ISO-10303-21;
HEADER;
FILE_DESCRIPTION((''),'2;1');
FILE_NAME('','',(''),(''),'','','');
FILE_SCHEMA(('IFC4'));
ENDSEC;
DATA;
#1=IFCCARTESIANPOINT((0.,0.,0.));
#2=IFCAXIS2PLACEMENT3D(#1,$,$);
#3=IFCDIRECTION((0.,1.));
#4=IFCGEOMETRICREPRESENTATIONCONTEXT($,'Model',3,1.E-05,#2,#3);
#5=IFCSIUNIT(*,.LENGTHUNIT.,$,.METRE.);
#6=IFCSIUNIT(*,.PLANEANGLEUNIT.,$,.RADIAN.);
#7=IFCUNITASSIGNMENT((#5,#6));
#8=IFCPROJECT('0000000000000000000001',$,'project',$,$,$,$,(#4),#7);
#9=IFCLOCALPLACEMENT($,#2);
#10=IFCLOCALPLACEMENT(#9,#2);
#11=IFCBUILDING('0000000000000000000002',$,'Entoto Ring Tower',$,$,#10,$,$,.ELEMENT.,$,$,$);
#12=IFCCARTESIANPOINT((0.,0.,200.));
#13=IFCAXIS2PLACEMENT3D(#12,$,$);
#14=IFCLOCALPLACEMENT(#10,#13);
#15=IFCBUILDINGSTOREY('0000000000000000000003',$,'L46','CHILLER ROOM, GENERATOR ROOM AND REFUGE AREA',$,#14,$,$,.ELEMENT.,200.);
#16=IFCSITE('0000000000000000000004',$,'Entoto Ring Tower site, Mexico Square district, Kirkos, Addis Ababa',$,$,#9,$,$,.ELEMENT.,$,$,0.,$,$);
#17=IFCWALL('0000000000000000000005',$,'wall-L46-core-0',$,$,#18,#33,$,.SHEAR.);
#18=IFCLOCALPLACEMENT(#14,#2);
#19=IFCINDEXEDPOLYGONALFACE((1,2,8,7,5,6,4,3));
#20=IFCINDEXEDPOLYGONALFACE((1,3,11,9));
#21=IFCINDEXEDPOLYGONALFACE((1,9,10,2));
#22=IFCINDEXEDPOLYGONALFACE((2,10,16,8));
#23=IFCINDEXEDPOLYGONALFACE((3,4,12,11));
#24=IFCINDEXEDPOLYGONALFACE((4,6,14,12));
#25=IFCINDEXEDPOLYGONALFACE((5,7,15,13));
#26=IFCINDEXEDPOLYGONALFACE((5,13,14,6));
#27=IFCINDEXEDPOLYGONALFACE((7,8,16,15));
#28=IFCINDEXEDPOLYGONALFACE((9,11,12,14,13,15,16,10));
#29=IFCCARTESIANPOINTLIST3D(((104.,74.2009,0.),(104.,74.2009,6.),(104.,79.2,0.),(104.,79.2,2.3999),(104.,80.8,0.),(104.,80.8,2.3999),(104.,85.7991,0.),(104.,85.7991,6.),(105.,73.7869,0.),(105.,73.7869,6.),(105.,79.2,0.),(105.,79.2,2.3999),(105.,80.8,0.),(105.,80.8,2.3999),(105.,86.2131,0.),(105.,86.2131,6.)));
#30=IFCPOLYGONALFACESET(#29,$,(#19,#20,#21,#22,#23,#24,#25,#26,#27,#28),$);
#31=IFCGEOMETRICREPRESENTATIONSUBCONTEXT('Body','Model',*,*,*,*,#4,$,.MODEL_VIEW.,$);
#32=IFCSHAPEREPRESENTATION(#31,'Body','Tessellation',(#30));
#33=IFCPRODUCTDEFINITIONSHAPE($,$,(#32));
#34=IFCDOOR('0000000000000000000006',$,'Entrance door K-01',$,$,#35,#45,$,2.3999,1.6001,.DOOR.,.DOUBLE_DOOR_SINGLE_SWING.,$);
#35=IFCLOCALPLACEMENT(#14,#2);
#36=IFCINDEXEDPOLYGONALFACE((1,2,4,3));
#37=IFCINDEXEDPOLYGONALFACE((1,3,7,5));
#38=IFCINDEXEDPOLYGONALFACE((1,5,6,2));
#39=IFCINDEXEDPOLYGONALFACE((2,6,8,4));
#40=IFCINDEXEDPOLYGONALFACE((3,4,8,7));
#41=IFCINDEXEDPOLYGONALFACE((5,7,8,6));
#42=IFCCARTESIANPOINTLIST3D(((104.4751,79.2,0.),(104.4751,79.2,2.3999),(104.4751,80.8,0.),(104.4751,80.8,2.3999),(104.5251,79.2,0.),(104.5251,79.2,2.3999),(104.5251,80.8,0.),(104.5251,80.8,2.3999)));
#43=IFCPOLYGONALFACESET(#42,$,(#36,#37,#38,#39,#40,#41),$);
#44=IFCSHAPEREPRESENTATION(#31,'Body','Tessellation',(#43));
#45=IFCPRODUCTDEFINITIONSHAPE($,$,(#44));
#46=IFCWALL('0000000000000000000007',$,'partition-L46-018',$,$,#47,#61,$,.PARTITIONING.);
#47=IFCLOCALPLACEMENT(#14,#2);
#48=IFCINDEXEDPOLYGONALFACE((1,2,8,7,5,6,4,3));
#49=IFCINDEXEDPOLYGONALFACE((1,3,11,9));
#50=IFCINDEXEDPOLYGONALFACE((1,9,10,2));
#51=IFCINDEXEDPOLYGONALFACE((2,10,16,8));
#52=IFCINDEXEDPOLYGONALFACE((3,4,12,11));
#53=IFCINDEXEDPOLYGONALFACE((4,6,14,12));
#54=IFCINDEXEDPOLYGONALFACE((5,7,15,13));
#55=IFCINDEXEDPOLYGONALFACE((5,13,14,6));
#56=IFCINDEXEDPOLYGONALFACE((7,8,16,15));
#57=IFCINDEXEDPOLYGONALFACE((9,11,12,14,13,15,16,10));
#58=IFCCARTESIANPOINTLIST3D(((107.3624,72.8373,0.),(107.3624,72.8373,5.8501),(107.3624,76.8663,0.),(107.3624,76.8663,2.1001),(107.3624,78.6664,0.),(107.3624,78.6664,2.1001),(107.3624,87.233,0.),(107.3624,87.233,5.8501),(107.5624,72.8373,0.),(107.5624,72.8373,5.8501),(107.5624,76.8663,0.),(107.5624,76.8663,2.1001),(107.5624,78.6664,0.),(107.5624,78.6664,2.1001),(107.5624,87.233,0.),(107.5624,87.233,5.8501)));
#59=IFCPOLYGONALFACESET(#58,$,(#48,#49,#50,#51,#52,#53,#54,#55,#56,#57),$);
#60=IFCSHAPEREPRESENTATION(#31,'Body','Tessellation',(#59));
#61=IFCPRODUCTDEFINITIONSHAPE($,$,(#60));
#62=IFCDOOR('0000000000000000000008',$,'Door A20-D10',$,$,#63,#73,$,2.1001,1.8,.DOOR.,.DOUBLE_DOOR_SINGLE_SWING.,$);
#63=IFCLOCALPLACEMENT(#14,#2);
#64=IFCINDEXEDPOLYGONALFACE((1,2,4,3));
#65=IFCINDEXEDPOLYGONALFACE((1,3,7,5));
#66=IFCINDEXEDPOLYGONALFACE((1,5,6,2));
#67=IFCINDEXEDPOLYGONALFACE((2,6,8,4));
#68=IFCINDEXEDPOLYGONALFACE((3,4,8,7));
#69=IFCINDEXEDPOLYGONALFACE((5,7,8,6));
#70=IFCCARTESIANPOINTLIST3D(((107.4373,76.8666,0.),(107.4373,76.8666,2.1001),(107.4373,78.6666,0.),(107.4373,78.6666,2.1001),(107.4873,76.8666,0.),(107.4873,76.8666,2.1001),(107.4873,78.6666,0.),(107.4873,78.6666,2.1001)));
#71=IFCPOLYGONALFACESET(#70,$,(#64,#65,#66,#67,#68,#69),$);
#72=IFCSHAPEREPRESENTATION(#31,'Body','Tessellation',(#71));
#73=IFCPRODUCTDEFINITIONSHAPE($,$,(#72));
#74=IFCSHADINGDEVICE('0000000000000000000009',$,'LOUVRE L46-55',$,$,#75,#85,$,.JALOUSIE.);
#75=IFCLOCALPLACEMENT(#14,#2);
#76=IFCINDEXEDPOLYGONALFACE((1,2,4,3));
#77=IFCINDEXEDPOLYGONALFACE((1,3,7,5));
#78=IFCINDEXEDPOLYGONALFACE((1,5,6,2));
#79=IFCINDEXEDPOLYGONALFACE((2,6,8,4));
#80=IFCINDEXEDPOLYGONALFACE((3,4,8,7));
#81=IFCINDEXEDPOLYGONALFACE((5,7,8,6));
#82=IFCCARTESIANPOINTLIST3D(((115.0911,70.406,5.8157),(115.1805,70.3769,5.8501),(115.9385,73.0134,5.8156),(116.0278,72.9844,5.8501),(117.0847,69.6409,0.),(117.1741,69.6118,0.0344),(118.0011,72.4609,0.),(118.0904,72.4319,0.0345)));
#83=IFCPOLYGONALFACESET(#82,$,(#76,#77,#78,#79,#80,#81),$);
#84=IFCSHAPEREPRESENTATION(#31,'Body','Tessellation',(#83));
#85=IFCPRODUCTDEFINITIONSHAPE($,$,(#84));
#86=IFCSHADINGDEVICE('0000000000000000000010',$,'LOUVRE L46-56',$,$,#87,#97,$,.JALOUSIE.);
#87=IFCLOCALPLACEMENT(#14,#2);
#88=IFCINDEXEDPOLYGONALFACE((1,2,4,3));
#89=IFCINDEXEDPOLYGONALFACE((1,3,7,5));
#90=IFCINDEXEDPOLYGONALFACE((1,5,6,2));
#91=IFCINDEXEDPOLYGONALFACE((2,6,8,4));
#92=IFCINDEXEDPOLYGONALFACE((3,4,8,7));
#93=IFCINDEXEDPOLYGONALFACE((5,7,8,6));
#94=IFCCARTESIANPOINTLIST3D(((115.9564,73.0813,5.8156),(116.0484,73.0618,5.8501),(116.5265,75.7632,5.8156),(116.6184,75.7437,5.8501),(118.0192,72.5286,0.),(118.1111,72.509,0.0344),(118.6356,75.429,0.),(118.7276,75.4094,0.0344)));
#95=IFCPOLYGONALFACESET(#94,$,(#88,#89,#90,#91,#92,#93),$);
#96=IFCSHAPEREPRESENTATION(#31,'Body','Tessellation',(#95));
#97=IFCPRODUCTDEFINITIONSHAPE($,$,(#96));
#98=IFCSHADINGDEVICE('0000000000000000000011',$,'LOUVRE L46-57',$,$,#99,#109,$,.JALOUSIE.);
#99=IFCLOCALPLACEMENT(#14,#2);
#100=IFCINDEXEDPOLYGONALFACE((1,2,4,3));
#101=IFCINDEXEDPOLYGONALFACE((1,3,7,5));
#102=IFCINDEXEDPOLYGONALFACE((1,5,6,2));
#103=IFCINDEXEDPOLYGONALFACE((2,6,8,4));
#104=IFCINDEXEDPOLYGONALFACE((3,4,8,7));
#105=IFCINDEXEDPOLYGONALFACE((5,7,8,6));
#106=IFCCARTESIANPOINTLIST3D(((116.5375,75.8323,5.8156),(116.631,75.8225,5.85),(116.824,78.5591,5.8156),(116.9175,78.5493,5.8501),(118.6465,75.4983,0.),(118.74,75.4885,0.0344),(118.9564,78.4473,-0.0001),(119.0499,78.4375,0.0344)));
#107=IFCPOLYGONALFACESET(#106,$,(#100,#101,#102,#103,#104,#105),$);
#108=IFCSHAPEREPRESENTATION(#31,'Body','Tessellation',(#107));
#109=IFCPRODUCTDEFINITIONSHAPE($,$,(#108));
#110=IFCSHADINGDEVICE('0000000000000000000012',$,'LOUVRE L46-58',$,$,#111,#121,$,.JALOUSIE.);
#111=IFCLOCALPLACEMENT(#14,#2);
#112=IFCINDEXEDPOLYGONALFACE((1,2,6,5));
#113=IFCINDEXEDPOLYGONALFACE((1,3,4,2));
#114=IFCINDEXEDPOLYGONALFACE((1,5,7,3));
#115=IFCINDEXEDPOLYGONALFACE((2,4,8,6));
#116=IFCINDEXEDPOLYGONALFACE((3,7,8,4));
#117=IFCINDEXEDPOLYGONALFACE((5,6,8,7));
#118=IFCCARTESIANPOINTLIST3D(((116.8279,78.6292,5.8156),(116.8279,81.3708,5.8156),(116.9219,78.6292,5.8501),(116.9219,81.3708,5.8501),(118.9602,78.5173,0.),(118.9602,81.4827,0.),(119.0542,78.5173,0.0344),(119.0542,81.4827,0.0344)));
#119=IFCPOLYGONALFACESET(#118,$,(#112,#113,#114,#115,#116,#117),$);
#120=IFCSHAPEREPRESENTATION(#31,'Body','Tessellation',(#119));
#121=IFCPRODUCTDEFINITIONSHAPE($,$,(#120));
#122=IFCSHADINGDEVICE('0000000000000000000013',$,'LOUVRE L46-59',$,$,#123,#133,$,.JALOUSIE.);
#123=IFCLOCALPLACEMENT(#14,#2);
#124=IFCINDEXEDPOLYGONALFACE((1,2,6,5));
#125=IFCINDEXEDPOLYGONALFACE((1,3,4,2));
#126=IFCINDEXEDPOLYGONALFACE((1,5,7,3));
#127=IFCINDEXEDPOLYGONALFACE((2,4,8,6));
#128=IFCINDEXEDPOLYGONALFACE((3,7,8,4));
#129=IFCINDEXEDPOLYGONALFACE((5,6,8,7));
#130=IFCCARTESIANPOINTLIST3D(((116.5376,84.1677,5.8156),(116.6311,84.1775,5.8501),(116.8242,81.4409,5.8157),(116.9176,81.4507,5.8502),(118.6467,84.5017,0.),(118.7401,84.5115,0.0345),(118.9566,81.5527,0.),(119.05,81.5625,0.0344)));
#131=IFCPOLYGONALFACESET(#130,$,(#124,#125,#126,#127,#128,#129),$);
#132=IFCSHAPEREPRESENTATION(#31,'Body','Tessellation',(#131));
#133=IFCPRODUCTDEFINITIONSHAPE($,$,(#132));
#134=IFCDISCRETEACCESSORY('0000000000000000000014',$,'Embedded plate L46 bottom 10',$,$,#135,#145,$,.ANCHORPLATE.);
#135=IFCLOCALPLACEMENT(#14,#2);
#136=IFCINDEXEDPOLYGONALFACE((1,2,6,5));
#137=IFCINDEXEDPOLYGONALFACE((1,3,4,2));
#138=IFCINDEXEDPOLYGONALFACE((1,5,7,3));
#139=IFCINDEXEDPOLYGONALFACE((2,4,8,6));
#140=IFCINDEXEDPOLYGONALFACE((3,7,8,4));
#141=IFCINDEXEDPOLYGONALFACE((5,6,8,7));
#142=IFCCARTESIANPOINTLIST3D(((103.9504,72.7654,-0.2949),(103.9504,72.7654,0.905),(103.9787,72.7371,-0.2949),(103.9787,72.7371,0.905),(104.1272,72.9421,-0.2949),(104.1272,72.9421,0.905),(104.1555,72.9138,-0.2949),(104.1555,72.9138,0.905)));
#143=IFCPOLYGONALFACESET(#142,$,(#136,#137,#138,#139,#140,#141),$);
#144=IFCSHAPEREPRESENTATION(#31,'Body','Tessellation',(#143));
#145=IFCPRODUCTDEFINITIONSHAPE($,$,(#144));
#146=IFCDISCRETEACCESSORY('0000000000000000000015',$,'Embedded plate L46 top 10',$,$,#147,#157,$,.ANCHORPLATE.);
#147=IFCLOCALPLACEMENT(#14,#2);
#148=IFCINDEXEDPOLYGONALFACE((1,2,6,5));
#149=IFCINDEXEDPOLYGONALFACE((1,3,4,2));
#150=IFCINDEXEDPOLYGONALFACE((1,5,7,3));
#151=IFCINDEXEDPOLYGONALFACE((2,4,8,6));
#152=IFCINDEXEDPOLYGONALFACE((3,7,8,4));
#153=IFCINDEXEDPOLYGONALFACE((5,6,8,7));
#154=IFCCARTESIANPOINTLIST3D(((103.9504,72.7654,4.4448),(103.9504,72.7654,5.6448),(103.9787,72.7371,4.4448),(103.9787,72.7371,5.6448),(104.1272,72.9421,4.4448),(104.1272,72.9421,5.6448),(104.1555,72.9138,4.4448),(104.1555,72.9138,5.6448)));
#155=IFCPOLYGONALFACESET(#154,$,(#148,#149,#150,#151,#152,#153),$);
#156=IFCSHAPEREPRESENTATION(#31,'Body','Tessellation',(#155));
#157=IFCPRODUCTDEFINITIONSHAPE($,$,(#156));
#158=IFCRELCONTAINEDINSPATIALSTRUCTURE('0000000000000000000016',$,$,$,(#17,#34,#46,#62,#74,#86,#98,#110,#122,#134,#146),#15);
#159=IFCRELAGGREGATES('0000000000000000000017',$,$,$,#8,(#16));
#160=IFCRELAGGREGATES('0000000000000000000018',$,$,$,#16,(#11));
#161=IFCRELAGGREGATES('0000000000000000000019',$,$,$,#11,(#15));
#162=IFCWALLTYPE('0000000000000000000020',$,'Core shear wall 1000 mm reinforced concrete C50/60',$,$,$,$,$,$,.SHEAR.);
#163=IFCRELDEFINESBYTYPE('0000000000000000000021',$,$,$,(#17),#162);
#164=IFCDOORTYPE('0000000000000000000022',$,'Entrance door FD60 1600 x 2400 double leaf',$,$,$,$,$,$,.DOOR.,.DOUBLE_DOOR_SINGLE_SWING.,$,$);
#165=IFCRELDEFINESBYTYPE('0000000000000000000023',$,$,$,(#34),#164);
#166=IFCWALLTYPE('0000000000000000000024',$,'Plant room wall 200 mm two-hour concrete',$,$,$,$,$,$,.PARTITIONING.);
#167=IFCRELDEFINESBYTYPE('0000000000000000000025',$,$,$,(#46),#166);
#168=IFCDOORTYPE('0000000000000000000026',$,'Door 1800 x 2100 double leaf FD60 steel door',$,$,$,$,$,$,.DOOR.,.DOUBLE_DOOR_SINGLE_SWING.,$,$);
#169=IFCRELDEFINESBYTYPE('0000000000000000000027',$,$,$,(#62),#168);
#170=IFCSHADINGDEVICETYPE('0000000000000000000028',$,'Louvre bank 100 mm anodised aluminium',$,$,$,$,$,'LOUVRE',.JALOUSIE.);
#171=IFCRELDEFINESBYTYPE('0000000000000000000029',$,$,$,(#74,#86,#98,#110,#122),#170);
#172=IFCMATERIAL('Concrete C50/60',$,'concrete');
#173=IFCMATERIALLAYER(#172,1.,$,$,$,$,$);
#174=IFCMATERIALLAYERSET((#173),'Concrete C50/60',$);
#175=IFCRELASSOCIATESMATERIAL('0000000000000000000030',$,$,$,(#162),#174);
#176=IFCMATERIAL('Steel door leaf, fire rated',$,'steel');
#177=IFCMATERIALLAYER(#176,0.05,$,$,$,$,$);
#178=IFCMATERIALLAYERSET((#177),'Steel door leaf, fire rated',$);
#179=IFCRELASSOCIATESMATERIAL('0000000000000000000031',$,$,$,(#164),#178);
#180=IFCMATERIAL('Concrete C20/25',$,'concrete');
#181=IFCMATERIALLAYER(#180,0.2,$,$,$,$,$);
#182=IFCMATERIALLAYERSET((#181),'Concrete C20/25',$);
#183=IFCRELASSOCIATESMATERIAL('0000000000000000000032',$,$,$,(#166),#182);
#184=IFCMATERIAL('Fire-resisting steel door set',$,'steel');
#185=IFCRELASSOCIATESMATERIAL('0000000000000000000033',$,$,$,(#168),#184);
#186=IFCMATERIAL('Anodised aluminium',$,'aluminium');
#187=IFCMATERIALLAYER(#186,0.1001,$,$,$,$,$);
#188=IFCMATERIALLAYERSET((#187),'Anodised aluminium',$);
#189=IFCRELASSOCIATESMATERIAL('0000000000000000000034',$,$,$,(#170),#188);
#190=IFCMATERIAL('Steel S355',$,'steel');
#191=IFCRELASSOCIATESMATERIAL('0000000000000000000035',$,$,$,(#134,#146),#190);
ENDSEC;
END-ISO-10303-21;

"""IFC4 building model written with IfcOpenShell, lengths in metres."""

from ifc_helpers import new_model, si_unit, direction, frame, frame_2d, origin, origin_2d, place, context, subcontext, project, spatial, polyline, rectangle, outline, extrude, material, layer, layer_set, type_object, element, fill, save


model = new_model("IFC4")

# Units and contexts
model_context = context("Model", 3, precision=1e-05, world=origin(), true_north=direction((0.0, 1.0)))
body_context = subcontext(model_context, "Body", "Model", "MODEL_VIEW")
ifc_project = project(units=[si_unit("LENGTHUNIT", "METRE"), si_unit("PLANEANGLEUNIT", "RADIAN")], contexts=[model_context])

# Site, building, storey
site_placement = place(None, origin())
site = spatial("IfcSite", under=ifc_project, at=site_placement, Name="Entoto Ring Tower site, Mexico Square district, Kirkos, Addis Ababa", CompositionType="ELEMENT", RefElevation=0.0)
building_placement = place(site_placement, origin())
building = spatial("IfcBuilding", under=site, at=building_placement, Name="Entoto Ring Tower", CompositionType="ELEMENT")
storey_placement = place(building_placement, frame((0.0, 0.0, 200.0)))
storey = spatial("IfcBuildingStorey", under=building, at=storey_placement, Name="L46", Description="CHILLER ROOM, GENERATOR ROOM AND REFUGE AREA", CompositionType="ELEMENT", Elevation=200.0)

# Walls, openings, doors
ifc_material_1 = material(Name="Concrete C50/60", Category="concrete")
ifc_layer_1 = layer(ifc_material_1, 1.0)
ifc_layer_set_1 = layer_set([ifc_layer_1], Name="Concrete C50/60")
wall_type_1 = type_object("IfcWallType", Name="Core shear wall 1000 mm reinforced concrete C50/60", PredefinedType="SHEAR", material=ifc_layer_set_1)
wall_1_placement = place(storey_placement, frame((104.5, 73.9939, 0.0), z_axis=(0.0, 0.0, 1.0), x_axis=(0.0, 1.0, 0.0)))
wall_1 = element("IfcWall", 1, at=wall_1_placement, inside=storey, type_object=wall_type_1, Name="wall-L46-core-0", PredefinedType="SHEAR", context=body_context, shape_type="SweptSolid", body=[
    extrude(outline(polyline([(-0.207, -0.5), (12.2192, -0.5), (11.8052, 0.5), (0.207, 0.5), (-0.207, -0.5)])), origin(), (0.0, 0.0, 1.0), 6.0),
])
opening_1_placement = place(wall_1_placement, frame((5.2061, 0.0, 0.0)))
opening_1 = element("IfcOpeningElement", 2, at=opening_1_placement, cuts=wall_1, PredefinedType="OPENING", context=body_context, shape_type="SweptSolid", body=[
    extrude(rectangle(XDim=1.6001, YDim=2.3999, at=frame_2d((0.8, 1.2))), frame((0.0, 0.51, 0.0), z_axis=(0.0, -1.0, 0.0), x_axis=(1.0, 0.0, 0.0)), (0.0, 0.0, 1.0), 1.02),
])
ifc_material_2 = material(Name="Steel door leaf, fire rated", Category="steel")
ifc_layer_2 = layer(ifc_material_2, 0.05)
ifc_layer_set_2 = layer_set([ifc_layer_2], Name="Steel door leaf, fire rated")
door_type_1 = type_object("IfcDoorType", Name="Entrance door FD60 1600 x 2400 double leaf", OperationType="DOUBLE_DOOR_SINGLE_SWING", PredefinedType="DOOR", material=ifc_layer_set_2)
door_1_placement = place(opening_1_placement, origin())
door_1 = element("IfcDoor", 3, at=door_1_placement, inside=storey, type_object=door_type_1, Name="Entrance door K-01", OperationType="DOUBLE_DOOR_SINGLE_SWING", OverallHeight=2.3999, OverallWidth=1.6001, PredefinedType="DOOR", context=body_context, shape_type="SweptSolid", body=[
    extrude(rectangle(XDim=1.6001, YDim=2.3999, at=frame_2d((0.8, 1.2))), frame((0.0, 0.0249, 0.0), z_axis=(0.0, -1.0, 0.0), x_axis=(1.0, 0.0, 0.0)), (0.0, 0.0, 1.0), 0.05),
])
fill(opening_1, door_1)
ifc_material_3 = material(Name="Concrete C20/25", Category="concrete")
ifc_layer_3 = layer(ifc_material_3, 0.2)
ifc_layer_set_3 = layer_set([ifc_layer_3], Name="Concrete C20/25")
wall_type_2 = type_object("IfcWallType", Name="Plant room wall 200 mm two-hour concrete", PredefinedType="PARTITIONING", material=ifc_layer_set_3)
wall_2_placement = place(storey_placement, frame((107.4624, 72.8374, 0.0), z_axis=(0.0, 0.0, 1.0), x_axis=(0.0, 1.0, 0.0)))
wall_2 = element("IfcWall", 4, at=wall_2_placement, inside=storey, type_object=wall_type_2, Name="partition-L46-018", PredefinedType="PARTITIONING", context=body_context, shape_type="SweptSolid", body=[
    extrude(rectangle(XDim=14.3958, YDim=0.2, at=frame_2d((7.1978, 0.0))), origin(), (0.0, 0.0, 1.0), 5.8501),
])
opening_2_placement = place(wall_2_placement, frame((4.0291, 0.0, 0.0)))
opening_2 = element("IfcOpeningElement", 5, at=opening_2_placement, cuts=wall_2, PredefinedType="OPENING", context=body_context, shape_type="SweptSolid", body=[
    extrude(rectangle(XDim=1.8, YDim=2.1001, at=frame_2d((0.8999, 1.05))), frame((0.0, 0.1099, 0.0), z_axis=(0.0, -1.0, 0.0), x_axis=(1.0, 0.0, 0.0)), (0.0, 0.0, 1.0), 0.22),
])
ifc_material_4 = material(Name="Fire-resisting steel door set", Category="steel")
door_type_2 = type_object("IfcDoorType", Name="Door 1800 x 2100 double leaf FD60 steel door", OperationType="DOUBLE_DOOR_SINGLE_SWING", PredefinedType="DOOR", material=ifc_material_4)
door_2_placement = place(opening_2_placement, frame((1.8, 0.0, 0.0), z_axis=(0.0, 0.0, 1.0), x_axis=(-1.0, 0.0, 0.0)))
door_2 = element("IfcDoor", 6, at=door_2_placement, inside=storey, type_object=door_type_2, Name="Door A20-D10", OperationType="DOUBLE_DOOR_SINGLE_SWING", OverallHeight=2.1001, OverallWidth=1.8, PredefinedType="DOOR", context=body_context, shape_type="SweptSolid", body=[
    extrude(rectangle(XDim=1.8, YDim=2.1001, at=frame_2d((0.8999, 1.05))), frame((0.0, 0.0249, 0.0), z_axis=(0.0, -1.0, 0.0), x_axis=(1.0, 0.0, 0.0)), (0.0, 0.0, 1.0), 0.05),
])
fill(opening_2, door_2)

# Shading devices
ifc_material_5 = material(Name="Anodised aluminium", Category="aluminium")
ifc_layer_4 = layer(ifc_material_5, 0.1001)
ifc_layer_set_4 = layer_set([ifc_layer_4], Name="Anodised aluminium")
shading_device_type = type_object("IfcShadingDeviceType", Name="Louvre bank 100 mm anodised aluminium", ElementType="LOUVRE", PredefinedType="JALOUSIE", material=ifc_layer_set_4)
shading_device_1_placement = place(storey_placement, frame((117.1741, 69.6118, 0.0344), z_axis=(0.892917, -0.290155, 0.344253), x_axis=(0.30904, 0.951049, 0.000013)))
element("IfcShadingDevice", 7, at=shading_device_1_placement, inside=storey, type_object=shading_device_type, Name="LOUVRE L46-55", PredefinedType="JALOUSIE", context=body_context, shape_type="SweptSolid", body=[
    extrude(outline(polyline([(0.0, 0.0), (2.9652, 0.0), (2.8533, 6.1942), (0.1116, 6.1943), (0.0, 0.0)])), origin(), (0.0, 0.0, -1.0), 0.1001),
])
shading_device_2_placement = place(storey_placement, frame((118.1111, 72.509, 0.0344), z_axis=(0.918353, -0.195198, 0.344275), x_axis=(0.207906, 0.978149, 0.000003)))
element("IfcShadingDevice", 8, at=shading_device_2_placement, inside=storey, type_object=shading_device_type, Name="LOUVRE L46-56", PredefinedType="JALOUSIE", context=body_context, shape_type="SweptSolid", body=[
    extrude(outline(polyline([(0.0, 0.0), (2.9652, 0.0), (2.8536, 6.1943), (0.1118, 6.1944), (0.0, 0.0)])), origin(), (0.0, 0.0, -1.0), 0.1001),
])
shading_device_3_placement = place(storey_placement, frame((118.74, 75.4885, 0.0344), z_axis=(0.933735, -0.098121, 0.344254), x_axis=(0.104515, 0.994523, -0.000018)))
element("IfcShadingDevice", 9, at=shading_device_3_placement, inside=storey, type_object=shading_device_type, Name="LOUVRE L46-57", PredefinedType="JALOUSIE", context=body_context, shape_type="SweptSolid", body=[
    extrude(outline(polyline([(0.0, 0.0), (2.9652, 0.0), (2.8534, 6.1943), (0.1116, 6.1942), (0.0, 0.0)])), origin(), (0.0, 0.0, -1.0), 0.1001),
])
shading_device_4_placement = place(storey_placement, frame((119.0542, 78.5173, 0.0344), z_axis=(0.938881, 0.0, 0.344242), x_axis=(0.0, 1.0, 0.0)))
element("IfcShadingDevice", 10, at=shading_device_4_placement, inside=storey, type_object=shading_device_type, Name="LOUVRE L46-58", PredefinedType="JALOUSIE", context=body_context, shape_type="SweptSolid", body=[
    extrude(outline(polyline([(0.0, 0.0), (2.9653, 0.0), (2.8535, 6.1943), (0.1118, 6.1943), (0.0, 0.0)])), origin(), (0.0, 0.0, -1.0), 0.1001),
])
shading_device_5_placement = place(storey_placement, frame((119.05, 81.5625, 0.0344), z_axis=(0.933735, 0.098121, 0.344254), x_axis=(-0.104515, 0.994523, 0.000018)))
element("IfcShadingDevice", 11, at=shading_device_5_placement, inside=storey, type_object=shading_device_type, Name="LOUVRE L46-59", PredefinedType="JALOUSIE", context=body_context, shape_type="SweptSolid", body=[
    extrude(outline(polyline([(0.0, 0.0), (2.9652, 0.0), (2.8536, 6.1942), (0.1118, 6.1943), (0.0, 0.0)])), origin(), (0.0, 0.0, -1.0), 0.1001),
])

# Discrete accessories
ifc_material_6 = material(Name="Steel S355", Category="steel")
for number, where, z_axis, x_axis, name in (
    (12, (104.053, 72.8396, -0.2949), (0.0, 0.0, 1.0), (0.707107, -0.707107, 0.0), "Embedded plate L46 bottom 10"),
    (13, (104.053, 72.8396, 4.4448), (0.0, 0.0, 1.0), (0.707107, -0.707107, 0.0), "Embedded plate L46 top 10"),
):
    element("IfcDiscreteAccessory", number, at=place(storey_placement, frame(where, z_axis=z_axis, x_axis=x_axis)), inside=storey, material=ifc_material_6, Name=name, PredefinedType="ANCHORPLATE", context=body_context, shape_type="SweptSolid", body=[
        extrude(rectangle(XDim=0.04, YDim=0.25, at=origin_2d()), origin(), (0.0, 0.0, 1.0), 1.2),
    ])

save(model, "model.ifc")
